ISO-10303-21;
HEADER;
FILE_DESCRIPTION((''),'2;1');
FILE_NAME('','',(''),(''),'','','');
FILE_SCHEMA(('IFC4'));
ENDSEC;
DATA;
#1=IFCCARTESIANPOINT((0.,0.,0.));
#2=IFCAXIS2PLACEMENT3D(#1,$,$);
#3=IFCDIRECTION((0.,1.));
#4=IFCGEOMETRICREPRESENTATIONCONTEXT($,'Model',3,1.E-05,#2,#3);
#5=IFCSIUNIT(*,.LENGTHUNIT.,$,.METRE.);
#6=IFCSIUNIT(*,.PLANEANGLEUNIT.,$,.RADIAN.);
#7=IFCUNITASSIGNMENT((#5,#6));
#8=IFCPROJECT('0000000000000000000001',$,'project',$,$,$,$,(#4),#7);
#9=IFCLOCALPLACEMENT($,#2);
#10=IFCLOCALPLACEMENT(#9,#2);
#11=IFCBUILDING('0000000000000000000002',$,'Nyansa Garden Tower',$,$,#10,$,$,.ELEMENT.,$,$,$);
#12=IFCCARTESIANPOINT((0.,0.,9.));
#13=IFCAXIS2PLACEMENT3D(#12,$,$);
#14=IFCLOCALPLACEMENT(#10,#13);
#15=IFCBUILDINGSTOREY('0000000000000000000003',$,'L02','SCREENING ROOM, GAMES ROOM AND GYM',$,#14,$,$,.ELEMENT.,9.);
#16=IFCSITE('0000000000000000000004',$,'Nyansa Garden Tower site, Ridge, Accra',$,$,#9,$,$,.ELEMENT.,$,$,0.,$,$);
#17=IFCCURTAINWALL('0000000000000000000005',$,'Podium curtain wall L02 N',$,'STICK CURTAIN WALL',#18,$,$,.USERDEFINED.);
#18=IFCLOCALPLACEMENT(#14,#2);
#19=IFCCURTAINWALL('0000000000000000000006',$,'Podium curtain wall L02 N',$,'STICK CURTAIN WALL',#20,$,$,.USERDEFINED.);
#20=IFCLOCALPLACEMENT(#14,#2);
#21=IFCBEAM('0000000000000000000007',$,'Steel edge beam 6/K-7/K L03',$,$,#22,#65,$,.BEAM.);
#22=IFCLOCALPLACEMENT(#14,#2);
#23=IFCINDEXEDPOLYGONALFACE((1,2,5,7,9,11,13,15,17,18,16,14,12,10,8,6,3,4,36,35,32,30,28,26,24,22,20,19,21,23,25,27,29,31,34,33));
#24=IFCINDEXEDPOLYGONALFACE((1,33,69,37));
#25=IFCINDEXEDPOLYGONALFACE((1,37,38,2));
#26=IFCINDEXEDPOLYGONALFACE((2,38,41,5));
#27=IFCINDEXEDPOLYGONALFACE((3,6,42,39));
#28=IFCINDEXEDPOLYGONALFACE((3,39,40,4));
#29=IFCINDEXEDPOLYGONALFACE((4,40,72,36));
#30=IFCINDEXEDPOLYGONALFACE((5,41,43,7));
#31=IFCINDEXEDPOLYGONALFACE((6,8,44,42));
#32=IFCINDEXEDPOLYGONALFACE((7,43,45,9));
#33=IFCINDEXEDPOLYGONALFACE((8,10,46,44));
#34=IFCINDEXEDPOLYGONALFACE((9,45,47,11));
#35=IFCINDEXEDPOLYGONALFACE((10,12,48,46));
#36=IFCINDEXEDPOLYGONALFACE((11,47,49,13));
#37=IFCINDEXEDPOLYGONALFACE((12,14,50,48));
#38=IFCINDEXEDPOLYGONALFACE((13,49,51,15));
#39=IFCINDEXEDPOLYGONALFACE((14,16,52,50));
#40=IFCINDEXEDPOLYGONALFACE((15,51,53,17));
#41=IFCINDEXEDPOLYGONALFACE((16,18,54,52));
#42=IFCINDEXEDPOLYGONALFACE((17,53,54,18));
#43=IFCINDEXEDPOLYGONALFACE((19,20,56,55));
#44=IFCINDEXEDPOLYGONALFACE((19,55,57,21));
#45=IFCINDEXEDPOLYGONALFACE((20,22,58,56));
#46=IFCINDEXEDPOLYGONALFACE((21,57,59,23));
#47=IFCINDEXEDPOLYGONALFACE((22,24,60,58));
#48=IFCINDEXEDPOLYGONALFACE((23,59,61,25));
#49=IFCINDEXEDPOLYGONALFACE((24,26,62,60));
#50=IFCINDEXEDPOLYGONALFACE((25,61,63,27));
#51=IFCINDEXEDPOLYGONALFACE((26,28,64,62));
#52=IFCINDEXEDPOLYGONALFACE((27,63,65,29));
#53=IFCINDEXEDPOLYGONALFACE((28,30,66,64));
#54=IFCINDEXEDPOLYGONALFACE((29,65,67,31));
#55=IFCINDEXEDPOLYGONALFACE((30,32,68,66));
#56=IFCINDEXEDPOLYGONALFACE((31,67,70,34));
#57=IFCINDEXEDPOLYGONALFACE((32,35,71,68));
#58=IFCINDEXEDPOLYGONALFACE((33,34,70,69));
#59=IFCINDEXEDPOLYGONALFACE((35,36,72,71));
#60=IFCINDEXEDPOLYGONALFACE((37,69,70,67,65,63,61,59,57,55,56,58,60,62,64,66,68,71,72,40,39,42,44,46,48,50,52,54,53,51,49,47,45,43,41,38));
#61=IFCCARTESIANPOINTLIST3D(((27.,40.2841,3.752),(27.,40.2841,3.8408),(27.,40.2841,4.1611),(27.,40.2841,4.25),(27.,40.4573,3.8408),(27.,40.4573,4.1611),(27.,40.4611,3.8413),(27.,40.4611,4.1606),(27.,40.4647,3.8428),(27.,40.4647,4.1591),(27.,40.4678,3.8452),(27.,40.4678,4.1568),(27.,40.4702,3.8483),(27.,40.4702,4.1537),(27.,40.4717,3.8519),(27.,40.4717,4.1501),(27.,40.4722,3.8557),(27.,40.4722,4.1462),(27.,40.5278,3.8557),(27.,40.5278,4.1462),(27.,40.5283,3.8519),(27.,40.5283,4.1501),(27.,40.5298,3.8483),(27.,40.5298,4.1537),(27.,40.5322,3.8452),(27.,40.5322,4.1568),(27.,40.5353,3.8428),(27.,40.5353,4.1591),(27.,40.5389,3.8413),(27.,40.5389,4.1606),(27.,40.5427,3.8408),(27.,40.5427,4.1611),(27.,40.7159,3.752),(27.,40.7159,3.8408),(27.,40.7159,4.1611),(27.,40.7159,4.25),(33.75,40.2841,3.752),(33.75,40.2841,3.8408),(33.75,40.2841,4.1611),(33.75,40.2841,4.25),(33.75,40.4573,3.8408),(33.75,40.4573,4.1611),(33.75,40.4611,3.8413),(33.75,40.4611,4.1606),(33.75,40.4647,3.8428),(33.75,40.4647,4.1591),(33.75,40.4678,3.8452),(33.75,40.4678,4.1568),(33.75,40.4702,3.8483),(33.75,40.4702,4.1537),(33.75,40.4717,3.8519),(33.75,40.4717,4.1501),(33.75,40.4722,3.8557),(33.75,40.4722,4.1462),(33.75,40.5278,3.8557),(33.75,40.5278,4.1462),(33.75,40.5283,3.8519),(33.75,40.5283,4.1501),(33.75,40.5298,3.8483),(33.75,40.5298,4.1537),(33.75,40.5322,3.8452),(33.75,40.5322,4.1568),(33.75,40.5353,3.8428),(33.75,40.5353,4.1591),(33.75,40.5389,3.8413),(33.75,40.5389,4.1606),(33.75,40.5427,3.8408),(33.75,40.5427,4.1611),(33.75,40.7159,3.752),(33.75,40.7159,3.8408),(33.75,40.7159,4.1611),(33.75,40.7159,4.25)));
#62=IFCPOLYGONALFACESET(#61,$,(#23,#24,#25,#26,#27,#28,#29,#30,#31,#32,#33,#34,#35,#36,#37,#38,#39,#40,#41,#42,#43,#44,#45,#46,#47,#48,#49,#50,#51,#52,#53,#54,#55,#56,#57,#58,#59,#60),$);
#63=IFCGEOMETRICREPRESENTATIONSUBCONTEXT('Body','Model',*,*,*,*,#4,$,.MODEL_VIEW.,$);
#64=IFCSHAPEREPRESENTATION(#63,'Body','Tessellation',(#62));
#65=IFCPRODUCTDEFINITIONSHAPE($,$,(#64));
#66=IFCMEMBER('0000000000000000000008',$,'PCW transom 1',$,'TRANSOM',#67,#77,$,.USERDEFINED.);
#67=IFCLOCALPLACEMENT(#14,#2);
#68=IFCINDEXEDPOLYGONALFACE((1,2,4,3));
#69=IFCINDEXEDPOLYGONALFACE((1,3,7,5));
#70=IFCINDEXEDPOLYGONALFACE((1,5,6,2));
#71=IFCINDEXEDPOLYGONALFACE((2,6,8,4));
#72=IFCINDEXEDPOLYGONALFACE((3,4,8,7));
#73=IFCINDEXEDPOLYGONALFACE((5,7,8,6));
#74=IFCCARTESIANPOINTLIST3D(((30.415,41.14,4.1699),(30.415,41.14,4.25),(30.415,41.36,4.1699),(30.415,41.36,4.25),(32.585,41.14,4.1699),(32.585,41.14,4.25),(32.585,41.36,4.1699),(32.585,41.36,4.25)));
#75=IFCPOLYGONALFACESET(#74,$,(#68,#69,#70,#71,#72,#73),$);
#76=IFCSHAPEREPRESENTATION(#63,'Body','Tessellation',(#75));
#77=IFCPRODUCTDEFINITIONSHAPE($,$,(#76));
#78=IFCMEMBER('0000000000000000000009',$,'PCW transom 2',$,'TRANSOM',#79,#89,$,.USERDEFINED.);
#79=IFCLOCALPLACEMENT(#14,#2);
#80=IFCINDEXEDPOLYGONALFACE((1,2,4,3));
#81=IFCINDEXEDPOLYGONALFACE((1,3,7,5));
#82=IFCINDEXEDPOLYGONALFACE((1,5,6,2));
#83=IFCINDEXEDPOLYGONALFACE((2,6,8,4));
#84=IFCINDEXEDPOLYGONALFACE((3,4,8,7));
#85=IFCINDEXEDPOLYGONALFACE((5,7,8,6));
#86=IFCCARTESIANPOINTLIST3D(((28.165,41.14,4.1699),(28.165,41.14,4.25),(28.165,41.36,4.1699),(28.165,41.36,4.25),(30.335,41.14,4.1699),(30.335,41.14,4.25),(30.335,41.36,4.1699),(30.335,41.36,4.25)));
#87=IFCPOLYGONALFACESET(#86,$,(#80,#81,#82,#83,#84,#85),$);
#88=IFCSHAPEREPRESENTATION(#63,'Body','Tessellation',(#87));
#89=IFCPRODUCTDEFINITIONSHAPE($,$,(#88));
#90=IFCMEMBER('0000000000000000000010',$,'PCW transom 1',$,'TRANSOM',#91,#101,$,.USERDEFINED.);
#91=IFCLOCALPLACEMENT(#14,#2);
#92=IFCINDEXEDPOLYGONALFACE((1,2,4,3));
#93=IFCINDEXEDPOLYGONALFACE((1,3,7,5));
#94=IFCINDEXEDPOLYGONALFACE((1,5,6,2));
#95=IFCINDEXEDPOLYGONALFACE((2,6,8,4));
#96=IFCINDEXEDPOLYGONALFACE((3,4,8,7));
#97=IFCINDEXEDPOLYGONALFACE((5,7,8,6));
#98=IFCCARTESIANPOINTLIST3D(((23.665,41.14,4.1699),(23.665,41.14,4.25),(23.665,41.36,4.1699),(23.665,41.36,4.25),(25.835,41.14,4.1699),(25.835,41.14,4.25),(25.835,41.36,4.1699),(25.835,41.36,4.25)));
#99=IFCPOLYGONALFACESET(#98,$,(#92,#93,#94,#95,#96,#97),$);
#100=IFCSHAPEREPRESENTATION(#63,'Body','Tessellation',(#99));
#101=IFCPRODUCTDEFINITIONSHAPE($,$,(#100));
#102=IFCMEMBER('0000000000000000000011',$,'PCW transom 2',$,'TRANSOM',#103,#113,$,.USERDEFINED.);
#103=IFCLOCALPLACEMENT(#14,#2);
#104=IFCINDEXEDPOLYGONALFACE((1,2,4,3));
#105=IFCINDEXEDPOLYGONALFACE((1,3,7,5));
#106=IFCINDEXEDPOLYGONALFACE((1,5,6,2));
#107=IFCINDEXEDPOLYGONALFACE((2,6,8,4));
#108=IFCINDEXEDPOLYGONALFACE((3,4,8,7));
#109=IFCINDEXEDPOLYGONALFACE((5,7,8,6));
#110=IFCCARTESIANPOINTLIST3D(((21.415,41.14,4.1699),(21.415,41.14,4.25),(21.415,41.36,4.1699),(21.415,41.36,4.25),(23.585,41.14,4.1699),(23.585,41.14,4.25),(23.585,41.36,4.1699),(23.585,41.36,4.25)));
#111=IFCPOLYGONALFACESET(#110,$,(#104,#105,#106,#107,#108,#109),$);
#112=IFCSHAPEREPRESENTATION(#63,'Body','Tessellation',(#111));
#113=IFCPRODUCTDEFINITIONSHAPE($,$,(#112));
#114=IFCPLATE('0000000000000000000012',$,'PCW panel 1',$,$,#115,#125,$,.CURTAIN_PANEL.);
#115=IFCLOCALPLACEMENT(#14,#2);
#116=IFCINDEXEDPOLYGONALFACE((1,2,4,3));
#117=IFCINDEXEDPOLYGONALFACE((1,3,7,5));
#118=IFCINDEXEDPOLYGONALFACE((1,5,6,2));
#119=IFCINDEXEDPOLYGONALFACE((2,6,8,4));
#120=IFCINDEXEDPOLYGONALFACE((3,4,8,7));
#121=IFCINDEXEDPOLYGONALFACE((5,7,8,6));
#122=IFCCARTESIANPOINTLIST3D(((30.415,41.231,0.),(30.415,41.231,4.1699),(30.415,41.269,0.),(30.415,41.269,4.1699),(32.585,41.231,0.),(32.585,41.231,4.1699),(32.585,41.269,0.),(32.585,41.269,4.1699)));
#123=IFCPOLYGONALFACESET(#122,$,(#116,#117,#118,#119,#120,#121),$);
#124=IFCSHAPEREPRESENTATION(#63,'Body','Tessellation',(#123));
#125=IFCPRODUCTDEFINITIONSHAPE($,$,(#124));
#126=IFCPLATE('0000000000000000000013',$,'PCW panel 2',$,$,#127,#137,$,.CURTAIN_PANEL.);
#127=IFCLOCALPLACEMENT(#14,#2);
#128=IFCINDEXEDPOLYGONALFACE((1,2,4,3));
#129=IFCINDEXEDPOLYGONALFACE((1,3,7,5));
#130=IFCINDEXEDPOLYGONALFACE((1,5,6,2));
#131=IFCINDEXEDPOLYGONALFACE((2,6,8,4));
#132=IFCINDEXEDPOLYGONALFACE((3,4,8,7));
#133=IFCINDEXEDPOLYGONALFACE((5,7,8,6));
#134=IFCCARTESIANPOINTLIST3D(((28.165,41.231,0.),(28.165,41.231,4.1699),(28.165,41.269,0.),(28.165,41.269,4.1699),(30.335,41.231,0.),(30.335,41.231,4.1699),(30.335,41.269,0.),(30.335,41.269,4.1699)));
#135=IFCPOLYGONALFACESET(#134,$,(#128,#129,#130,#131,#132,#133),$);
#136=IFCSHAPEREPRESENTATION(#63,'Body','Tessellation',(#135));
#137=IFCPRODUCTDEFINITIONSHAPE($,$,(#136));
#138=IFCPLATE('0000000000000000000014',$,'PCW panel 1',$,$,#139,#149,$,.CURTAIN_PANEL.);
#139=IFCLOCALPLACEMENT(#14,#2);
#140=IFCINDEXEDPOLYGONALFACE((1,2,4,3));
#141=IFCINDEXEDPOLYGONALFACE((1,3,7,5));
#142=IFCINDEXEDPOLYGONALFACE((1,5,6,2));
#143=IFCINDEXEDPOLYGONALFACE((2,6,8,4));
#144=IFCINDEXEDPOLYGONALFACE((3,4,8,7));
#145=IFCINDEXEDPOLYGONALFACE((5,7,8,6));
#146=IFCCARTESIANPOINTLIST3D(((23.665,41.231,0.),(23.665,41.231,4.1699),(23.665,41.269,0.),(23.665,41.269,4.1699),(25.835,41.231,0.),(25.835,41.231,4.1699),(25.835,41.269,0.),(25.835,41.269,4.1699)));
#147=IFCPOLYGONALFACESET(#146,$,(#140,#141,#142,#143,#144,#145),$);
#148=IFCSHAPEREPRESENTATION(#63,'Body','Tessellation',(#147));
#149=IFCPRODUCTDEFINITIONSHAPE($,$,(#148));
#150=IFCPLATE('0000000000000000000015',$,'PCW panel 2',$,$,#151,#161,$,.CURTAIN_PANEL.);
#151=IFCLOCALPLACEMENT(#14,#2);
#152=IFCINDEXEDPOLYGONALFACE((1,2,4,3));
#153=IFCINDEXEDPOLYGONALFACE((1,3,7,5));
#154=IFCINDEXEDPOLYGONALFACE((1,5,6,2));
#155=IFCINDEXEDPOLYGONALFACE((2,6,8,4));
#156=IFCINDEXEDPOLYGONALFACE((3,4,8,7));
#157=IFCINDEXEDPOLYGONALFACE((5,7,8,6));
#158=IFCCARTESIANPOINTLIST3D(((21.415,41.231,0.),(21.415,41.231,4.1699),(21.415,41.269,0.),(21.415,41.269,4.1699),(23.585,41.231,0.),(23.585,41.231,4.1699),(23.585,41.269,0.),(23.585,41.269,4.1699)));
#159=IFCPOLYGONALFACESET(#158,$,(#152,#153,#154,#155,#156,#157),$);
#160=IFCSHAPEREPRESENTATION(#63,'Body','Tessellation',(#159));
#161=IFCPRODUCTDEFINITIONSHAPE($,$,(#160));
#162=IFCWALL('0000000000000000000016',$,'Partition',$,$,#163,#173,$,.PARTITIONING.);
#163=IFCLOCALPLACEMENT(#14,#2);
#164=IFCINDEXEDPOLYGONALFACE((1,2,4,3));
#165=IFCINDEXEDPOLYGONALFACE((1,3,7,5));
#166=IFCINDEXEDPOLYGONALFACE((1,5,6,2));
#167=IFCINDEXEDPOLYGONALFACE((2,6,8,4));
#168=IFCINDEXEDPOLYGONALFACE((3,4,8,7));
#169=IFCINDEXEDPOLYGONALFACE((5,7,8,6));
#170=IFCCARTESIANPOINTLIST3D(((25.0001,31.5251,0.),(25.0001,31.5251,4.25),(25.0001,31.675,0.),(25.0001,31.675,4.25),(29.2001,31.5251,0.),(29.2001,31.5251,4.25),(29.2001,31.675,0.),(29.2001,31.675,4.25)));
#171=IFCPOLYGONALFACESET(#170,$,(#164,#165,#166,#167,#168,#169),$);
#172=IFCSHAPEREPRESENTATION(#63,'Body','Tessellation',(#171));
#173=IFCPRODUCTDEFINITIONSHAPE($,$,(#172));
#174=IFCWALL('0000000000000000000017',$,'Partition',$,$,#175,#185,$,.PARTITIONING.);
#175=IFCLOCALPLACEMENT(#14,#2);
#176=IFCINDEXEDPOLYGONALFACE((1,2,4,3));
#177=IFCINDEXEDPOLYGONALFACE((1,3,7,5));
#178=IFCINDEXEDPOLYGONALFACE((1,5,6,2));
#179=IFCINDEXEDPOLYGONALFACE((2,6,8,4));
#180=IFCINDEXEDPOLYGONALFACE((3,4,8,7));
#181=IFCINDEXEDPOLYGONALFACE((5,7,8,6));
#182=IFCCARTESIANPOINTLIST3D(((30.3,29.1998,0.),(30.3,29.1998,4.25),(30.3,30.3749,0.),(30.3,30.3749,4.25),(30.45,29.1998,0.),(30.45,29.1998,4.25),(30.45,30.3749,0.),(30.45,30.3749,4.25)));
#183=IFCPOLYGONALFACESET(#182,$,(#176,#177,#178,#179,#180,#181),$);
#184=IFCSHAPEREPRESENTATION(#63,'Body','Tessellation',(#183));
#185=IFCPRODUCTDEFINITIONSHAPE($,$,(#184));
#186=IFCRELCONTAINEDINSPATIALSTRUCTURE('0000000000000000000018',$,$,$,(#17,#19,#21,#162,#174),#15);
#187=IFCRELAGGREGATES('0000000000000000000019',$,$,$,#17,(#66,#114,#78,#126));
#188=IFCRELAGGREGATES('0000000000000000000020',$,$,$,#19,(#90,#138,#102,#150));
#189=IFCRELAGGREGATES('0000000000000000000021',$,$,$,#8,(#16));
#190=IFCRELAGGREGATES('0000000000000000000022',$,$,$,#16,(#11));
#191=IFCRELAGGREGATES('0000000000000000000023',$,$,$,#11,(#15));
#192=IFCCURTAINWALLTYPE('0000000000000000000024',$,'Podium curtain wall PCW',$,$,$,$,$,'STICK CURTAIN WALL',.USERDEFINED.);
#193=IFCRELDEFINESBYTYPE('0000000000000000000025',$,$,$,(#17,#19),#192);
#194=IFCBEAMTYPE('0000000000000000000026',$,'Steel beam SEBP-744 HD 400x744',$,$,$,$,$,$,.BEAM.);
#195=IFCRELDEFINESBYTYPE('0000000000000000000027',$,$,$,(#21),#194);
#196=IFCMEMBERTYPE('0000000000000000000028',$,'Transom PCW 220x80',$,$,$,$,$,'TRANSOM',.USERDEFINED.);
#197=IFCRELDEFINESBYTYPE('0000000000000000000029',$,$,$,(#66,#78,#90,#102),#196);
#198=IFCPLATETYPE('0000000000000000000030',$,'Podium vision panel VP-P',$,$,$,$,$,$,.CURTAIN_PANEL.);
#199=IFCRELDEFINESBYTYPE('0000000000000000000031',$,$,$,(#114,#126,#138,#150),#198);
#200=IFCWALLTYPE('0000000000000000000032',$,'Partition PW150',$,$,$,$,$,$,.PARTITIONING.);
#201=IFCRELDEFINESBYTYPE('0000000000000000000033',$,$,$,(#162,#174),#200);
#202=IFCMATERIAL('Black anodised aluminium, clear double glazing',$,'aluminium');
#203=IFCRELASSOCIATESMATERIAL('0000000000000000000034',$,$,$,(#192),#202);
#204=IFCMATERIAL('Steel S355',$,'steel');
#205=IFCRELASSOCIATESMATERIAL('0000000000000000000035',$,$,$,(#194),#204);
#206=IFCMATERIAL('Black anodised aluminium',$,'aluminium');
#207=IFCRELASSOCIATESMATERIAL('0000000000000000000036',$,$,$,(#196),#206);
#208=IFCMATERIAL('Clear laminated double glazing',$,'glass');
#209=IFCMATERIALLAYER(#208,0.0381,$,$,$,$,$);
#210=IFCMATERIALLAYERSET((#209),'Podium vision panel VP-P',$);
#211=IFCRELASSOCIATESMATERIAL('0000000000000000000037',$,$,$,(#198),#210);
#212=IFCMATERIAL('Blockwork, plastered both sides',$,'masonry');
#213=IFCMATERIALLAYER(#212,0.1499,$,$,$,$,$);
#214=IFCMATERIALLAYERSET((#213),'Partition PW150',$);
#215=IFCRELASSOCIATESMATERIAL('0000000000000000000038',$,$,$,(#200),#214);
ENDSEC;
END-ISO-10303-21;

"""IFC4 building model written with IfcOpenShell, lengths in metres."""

from ifc_helpers import new_model, si_unit, direction, frame, frame_2d, origin, origin_2d, place, context, subcontext, project, spatial, rectangle, i_section, extrude, material, layer, layer_set, material_profile, profile_set, type_object, element, aggregate, save


model = new_model("IFC4")

# Units and contexts
model_context = context("Model", 3, precision=1e-05, world=origin(), true_north=direction((0.0, 1.0)))
body_context = subcontext(model_context, "Body", "Model", "MODEL_VIEW")
ifc_project = project(units=[si_unit("LENGTHUNIT", "METRE"), si_unit("PLANEANGLEUNIT", "RADIAN")], contexts=[model_context])

# Site, building, storey
site_placement = place(None, origin())
site = spatial("IfcSite", under=ifc_project, at=site_placement, Name="Nyansa Garden Tower site, Ridge, Accra", CompositionType="ELEMENT", RefElevation=0.0)
building_placement = place(site_placement, origin())
building = spatial("IfcBuilding", under=site, at=building_placement, Name="Nyansa Garden Tower", CompositionType="ELEMENT")
storey_placement = place(building_placement, frame((0.0, 0.0, 9.0)))
storey = spatial("IfcBuildingStorey", under=building, at=storey_placement, Name="L02", Description="SCREENING ROOM, GAMES ROOM AND GYM", CompositionType="ELEMENT", Elevation=9.0)

# Curtain walls
ifc_material_1 = material(Name="Black anodised aluminium, clear double glazing", Category="aluminium")
curtain_wall_type = type_object("IfcCurtainWallType", Name="Podium curtain wall PCW", ElementType="STICK CURTAIN WALL", PredefinedType="USERDEFINED", material=ifc_material_1)
curtain_wall_1_placement = place(storey_placement, origin())
curtain_wall_1 = element("IfcCurtainWall", 1, at=curtain_wall_1_placement, inside=storey, type_object=curtain_wall_type, Name="Podium curtain wall L02 N", ObjectType="STICK CURTAIN WALL", PredefinedType="USERDEFINED")
curtain_wall_2_placement = place(storey_placement, origin())
curtain_wall_2 = element("IfcCurtainWall", 2, at=curtain_wall_2_placement, inside=storey, type_object=curtain_wall_type, Name="Podium curtain wall L02 N", ObjectType="STICK CURTAIN WALL", PredefinedType="USERDEFINED")

# Beam
ifc_material_2 = material(Name="Steel S355", Category="steel")
ifc_material_profile_1 = material_profile(ifc_material_2, i_section(OverallWidth=0.4319, OverallDepth=0.498, WebThickness=0.0557, FlangeThickness=0.0889, FilletRadius=0.0149, at=origin_2d()), Name="HD 400x744")
ifc_profile_set_1 = profile_set([ifc_material_profile_1], Name="Steel S355")
beam_type_1 = type_object("IfcBeamType", Name="Steel beam SEBP-744 HD 400x744", PredefinedType="BEAM", material=ifc_profile_set_1)
for number, where, z_axis, x_axis, name in (
    (3, (27.0, 40.5, 4.001), (1.0, 0.0, 0.0), (0.0, 1.0, 0.0), "Steel edge beam 6/K-7/K L03"),
):
    element("IfcBeam", number, at=place(storey_placement, frame(where, z_axis=z_axis, x_axis=x_axis)), inside=storey, type_object=beam_type_1, Name=name, PredefinedType="BEAM", context=body_context, shape_type="SweptSolid", body=[
        extrude(i_section(OverallWidth=0.4319, OverallDepth=0.498, WebThickness=0.0557, FlangeThickness=0.0889, FilletRadius=0.0149, at=origin_2d()), origin(), (0.0, 0.0, 1.0), 6.75),
    ])

# Members
ifc_material_3 = material(Name="Black anodised aluminium", Category="aluminium")
ifc_material_profile_2 = material_profile(ifc_material_3, rectangle(XDim=0.22, YDim=0.0801, at=origin_2d()), Name="Transom 220x80")
ifc_profile_set_2 = profile_set([ifc_material_profile_2], Name="Black anodised aluminium")
member_type_1 = type_object("IfcMemberType", Name="Transom PCW 220x80", ElementType="TRANSOM", PredefinedType="USERDEFINED", material=ifc_profile_set_2)
member_1_placement = place(storey_placement, frame((32.585, 41.25, 4.21), z_axis=(-1.0, 0.0, 0.0), x_axis=(0.0, -1.0, 0.0)))
member_1 = element("IfcMember", 4, at=member_1_placement, type_object=member_type_1, Name="PCW transom 1", ObjectType="TRANSOM", PredefinedType="USERDEFINED", context=body_context, shape_type="SweptSolid", body=[
    extrude(rectangle(XDim=0.22, YDim=0.0801, at=origin_2d()), origin(), (0.0, 0.0, 1.0), 2.1699),
])
member_2_placement = place(storey_placement, frame((30.335, 41.25, 4.21), z_axis=(-1.0, 0.0, 0.0), x_axis=(0.0, -1.0, 0.0)))
member_2 = element("IfcMember", 5, at=member_2_placement, type_object=member_type_1, Name="PCW transom 2", ObjectType="TRANSOM", PredefinedType="USERDEFINED", context=body_context, shape_type="SweptSolid", body=[
    extrude(rectangle(XDim=0.22, YDim=0.0801, at=origin_2d()), origin(), (0.0, 0.0, 1.0), 2.1699),
])
member_3_placement = place(storey_placement, frame((25.835, 41.25, 4.21), z_axis=(-1.0, 0.0, 0.0), x_axis=(0.0, -1.0, 0.0)))
member_3 = element("IfcMember", 6, at=member_3_placement, type_object=member_type_1, Name="PCW transom 1", ObjectType="TRANSOM", PredefinedType="USERDEFINED", context=body_context, shape_type="SweptSolid", body=[
    extrude(rectangle(XDim=0.22, YDim=0.0801, at=origin_2d()), origin(), (0.0, 0.0, 1.0), 2.1699),
])
member_4_placement = place(storey_placement, frame((23.585, 41.25, 4.21), z_axis=(-1.0, 0.0, 0.0), x_axis=(0.0, -1.0, 0.0)))
member_4 = element("IfcMember", 7, at=member_4_placement, type_object=member_type_1, Name="PCW transom 2", ObjectType="TRANSOM", PredefinedType="USERDEFINED", context=body_context, shape_type="SweptSolid", body=[
    extrude(rectangle(XDim=0.22, YDim=0.0801, at=origin_2d()), origin(), (0.0, 0.0, 1.0), 2.1699),
])

# Plates
ifc_material_4 = material(Name="Clear laminated double glazing", Category="glass")
ifc_layer_1 = layer(ifc_material_4, 0.0381)
ifc_layer_set_1 = layer_set([ifc_layer_1], Name="Podium vision panel VP-P")
plate_type = type_object("IfcPlateType", Name="Podium vision panel VP-P", PredefinedType="CURTAIN_PANEL", material=ifc_layer_set_1)
plate_1_placement = place(storey_placement, frame((31.5, 41.25, 0.0), z_axis=(0.0, 0.0, 1.0), x_axis=(-1.0, 0.0, 0.0)))
plate_1 = element("IfcPlate", 8, at=plate_1_placement, type_object=plate_type, Name="PCW panel 1", PredefinedType="CURTAIN_PANEL", context=body_context, shape_type="SweptSolid", body=[
    extrude(rectangle(XDim=2.1699, YDim=0.0381, at=origin_2d()), origin(), (0.0, 0.0, 1.0), 4.1699),
])
plate_2_placement = place(storey_placement, frame((29.25, 41.25, 0.0), z_axis=(0.0, 0.0, 1.0), x_axis=(-1.0, 0.0, 0.0)))
plate_2 = element("IfcPlate", 9, at=plate_2_placement, type_object=plate_type, Name="PCW panel 2", PredefinedType="CURTAIN_PANEL", context=body_context, shape_type="SweptSolid", body=[
    extrude(rectangle(XDim=2.1699, YDim=0.0381, at=origin_2d()), origin(), (0.0, 0.0, 1.0), 4.1699),
])
aggregate(curtain_wall_1, [member_1, plate_1, member_2, plate_2])
plate_3_placement = place(storey_placement, frame((24.75, 41.25, 0.0), z_axis=(0.0, 0.0, 1.0), x_axis=(-1.0, 0.0, 0.0)))
plate_3 = element("IfcPlate", 10, at=plate_3_placement, type_object=plate_type, Name="PCW panel 1", PredefinedType="CURTAIN_PANEL", context=body_context, shape_type="SweptSolid", body=[
    extrude(rectangle(XDim=2.1699, YDim=0.0381, at=origin_2d()), origin(), (0.0, 0.0, 1.0), 4.1699),
])
plate_4_placement = place(storey_placement, frame((22.5, 41.25, 0.0), z_axis=(0.0, 0.0, 1.0), x_axis=(-1.0, 0.0, 0.0)))
plate_4 = element("IfcPlate", 11, at=plate_4_placement, type_object=plate_type, Name="PCW panel 2", PredefinedType="CURTAIN_PANEL", context=body_context, shape_type="SweptSolid", body=[
    extrude(rectangle(XDim=2.1699, YDim=0.0381, at=origin_2d()), origin(), (0.0, 0.0, 1.0), 4.1699),
])
aggregate(curtain_wall_2, [member_3, plate_3, member_4, plate_4])

# Walls
ifc_material_5 = material(Name="Blockwork, plastered both sides", Category="masonry")
ifc_layer_2 = layer(ifc_material_5, 0.1499)
ifc_layer_set_2 = layer_set([ifc_layer_2], Name="Partition PW150")
wall_type_1 = type_object("IfcWallType", Name="Partition PW150", PredefinedType="PARTITIONING", material=ifc_layer_set_2)
wall_1_placement = place(storey_placement, frame((25.0, 31.6001, 0.0), z_axis=(0.0, 0.0, 1.0), x_axis=(1.0, 0.0, 0.0)))
element("IfcWall", 12, at=wall_1_placement, inside=storey, type_object=wall_type_1, Name="Partition", PredefinedType="PARTITIONING", context=body_context, shape_type="SweptSolid", body=[
    extrude(rectangle(XDim=4.2, YDim=0.1499, at=frame_2d((2.1001, 0.0))), origin(), (0.0, 0.0, 1.0), 4.25),
])
wall_2_placement = place(storey_placement, frame((30.375, 29.2, 0.0), z_axis=(0.0, 0.0, 1.0), x_axis=(0.0, 1.0, 0.0)))
element("IfcWall", 13, at=wall_2_placement, inside=storey, type_object=wall_type_1, Name="Partition", PredefinedType="PARTITIONING", context=body_context, shape_type="SweptSolid", body=[
    extrude(rectangle(XDim=1.175, YDim=0.1499, at=frame_2d((0.5874, 0.0))), origin(), (0.0, 0.0, 1.0), 4.25),
])

save(model, "model.ifc")
